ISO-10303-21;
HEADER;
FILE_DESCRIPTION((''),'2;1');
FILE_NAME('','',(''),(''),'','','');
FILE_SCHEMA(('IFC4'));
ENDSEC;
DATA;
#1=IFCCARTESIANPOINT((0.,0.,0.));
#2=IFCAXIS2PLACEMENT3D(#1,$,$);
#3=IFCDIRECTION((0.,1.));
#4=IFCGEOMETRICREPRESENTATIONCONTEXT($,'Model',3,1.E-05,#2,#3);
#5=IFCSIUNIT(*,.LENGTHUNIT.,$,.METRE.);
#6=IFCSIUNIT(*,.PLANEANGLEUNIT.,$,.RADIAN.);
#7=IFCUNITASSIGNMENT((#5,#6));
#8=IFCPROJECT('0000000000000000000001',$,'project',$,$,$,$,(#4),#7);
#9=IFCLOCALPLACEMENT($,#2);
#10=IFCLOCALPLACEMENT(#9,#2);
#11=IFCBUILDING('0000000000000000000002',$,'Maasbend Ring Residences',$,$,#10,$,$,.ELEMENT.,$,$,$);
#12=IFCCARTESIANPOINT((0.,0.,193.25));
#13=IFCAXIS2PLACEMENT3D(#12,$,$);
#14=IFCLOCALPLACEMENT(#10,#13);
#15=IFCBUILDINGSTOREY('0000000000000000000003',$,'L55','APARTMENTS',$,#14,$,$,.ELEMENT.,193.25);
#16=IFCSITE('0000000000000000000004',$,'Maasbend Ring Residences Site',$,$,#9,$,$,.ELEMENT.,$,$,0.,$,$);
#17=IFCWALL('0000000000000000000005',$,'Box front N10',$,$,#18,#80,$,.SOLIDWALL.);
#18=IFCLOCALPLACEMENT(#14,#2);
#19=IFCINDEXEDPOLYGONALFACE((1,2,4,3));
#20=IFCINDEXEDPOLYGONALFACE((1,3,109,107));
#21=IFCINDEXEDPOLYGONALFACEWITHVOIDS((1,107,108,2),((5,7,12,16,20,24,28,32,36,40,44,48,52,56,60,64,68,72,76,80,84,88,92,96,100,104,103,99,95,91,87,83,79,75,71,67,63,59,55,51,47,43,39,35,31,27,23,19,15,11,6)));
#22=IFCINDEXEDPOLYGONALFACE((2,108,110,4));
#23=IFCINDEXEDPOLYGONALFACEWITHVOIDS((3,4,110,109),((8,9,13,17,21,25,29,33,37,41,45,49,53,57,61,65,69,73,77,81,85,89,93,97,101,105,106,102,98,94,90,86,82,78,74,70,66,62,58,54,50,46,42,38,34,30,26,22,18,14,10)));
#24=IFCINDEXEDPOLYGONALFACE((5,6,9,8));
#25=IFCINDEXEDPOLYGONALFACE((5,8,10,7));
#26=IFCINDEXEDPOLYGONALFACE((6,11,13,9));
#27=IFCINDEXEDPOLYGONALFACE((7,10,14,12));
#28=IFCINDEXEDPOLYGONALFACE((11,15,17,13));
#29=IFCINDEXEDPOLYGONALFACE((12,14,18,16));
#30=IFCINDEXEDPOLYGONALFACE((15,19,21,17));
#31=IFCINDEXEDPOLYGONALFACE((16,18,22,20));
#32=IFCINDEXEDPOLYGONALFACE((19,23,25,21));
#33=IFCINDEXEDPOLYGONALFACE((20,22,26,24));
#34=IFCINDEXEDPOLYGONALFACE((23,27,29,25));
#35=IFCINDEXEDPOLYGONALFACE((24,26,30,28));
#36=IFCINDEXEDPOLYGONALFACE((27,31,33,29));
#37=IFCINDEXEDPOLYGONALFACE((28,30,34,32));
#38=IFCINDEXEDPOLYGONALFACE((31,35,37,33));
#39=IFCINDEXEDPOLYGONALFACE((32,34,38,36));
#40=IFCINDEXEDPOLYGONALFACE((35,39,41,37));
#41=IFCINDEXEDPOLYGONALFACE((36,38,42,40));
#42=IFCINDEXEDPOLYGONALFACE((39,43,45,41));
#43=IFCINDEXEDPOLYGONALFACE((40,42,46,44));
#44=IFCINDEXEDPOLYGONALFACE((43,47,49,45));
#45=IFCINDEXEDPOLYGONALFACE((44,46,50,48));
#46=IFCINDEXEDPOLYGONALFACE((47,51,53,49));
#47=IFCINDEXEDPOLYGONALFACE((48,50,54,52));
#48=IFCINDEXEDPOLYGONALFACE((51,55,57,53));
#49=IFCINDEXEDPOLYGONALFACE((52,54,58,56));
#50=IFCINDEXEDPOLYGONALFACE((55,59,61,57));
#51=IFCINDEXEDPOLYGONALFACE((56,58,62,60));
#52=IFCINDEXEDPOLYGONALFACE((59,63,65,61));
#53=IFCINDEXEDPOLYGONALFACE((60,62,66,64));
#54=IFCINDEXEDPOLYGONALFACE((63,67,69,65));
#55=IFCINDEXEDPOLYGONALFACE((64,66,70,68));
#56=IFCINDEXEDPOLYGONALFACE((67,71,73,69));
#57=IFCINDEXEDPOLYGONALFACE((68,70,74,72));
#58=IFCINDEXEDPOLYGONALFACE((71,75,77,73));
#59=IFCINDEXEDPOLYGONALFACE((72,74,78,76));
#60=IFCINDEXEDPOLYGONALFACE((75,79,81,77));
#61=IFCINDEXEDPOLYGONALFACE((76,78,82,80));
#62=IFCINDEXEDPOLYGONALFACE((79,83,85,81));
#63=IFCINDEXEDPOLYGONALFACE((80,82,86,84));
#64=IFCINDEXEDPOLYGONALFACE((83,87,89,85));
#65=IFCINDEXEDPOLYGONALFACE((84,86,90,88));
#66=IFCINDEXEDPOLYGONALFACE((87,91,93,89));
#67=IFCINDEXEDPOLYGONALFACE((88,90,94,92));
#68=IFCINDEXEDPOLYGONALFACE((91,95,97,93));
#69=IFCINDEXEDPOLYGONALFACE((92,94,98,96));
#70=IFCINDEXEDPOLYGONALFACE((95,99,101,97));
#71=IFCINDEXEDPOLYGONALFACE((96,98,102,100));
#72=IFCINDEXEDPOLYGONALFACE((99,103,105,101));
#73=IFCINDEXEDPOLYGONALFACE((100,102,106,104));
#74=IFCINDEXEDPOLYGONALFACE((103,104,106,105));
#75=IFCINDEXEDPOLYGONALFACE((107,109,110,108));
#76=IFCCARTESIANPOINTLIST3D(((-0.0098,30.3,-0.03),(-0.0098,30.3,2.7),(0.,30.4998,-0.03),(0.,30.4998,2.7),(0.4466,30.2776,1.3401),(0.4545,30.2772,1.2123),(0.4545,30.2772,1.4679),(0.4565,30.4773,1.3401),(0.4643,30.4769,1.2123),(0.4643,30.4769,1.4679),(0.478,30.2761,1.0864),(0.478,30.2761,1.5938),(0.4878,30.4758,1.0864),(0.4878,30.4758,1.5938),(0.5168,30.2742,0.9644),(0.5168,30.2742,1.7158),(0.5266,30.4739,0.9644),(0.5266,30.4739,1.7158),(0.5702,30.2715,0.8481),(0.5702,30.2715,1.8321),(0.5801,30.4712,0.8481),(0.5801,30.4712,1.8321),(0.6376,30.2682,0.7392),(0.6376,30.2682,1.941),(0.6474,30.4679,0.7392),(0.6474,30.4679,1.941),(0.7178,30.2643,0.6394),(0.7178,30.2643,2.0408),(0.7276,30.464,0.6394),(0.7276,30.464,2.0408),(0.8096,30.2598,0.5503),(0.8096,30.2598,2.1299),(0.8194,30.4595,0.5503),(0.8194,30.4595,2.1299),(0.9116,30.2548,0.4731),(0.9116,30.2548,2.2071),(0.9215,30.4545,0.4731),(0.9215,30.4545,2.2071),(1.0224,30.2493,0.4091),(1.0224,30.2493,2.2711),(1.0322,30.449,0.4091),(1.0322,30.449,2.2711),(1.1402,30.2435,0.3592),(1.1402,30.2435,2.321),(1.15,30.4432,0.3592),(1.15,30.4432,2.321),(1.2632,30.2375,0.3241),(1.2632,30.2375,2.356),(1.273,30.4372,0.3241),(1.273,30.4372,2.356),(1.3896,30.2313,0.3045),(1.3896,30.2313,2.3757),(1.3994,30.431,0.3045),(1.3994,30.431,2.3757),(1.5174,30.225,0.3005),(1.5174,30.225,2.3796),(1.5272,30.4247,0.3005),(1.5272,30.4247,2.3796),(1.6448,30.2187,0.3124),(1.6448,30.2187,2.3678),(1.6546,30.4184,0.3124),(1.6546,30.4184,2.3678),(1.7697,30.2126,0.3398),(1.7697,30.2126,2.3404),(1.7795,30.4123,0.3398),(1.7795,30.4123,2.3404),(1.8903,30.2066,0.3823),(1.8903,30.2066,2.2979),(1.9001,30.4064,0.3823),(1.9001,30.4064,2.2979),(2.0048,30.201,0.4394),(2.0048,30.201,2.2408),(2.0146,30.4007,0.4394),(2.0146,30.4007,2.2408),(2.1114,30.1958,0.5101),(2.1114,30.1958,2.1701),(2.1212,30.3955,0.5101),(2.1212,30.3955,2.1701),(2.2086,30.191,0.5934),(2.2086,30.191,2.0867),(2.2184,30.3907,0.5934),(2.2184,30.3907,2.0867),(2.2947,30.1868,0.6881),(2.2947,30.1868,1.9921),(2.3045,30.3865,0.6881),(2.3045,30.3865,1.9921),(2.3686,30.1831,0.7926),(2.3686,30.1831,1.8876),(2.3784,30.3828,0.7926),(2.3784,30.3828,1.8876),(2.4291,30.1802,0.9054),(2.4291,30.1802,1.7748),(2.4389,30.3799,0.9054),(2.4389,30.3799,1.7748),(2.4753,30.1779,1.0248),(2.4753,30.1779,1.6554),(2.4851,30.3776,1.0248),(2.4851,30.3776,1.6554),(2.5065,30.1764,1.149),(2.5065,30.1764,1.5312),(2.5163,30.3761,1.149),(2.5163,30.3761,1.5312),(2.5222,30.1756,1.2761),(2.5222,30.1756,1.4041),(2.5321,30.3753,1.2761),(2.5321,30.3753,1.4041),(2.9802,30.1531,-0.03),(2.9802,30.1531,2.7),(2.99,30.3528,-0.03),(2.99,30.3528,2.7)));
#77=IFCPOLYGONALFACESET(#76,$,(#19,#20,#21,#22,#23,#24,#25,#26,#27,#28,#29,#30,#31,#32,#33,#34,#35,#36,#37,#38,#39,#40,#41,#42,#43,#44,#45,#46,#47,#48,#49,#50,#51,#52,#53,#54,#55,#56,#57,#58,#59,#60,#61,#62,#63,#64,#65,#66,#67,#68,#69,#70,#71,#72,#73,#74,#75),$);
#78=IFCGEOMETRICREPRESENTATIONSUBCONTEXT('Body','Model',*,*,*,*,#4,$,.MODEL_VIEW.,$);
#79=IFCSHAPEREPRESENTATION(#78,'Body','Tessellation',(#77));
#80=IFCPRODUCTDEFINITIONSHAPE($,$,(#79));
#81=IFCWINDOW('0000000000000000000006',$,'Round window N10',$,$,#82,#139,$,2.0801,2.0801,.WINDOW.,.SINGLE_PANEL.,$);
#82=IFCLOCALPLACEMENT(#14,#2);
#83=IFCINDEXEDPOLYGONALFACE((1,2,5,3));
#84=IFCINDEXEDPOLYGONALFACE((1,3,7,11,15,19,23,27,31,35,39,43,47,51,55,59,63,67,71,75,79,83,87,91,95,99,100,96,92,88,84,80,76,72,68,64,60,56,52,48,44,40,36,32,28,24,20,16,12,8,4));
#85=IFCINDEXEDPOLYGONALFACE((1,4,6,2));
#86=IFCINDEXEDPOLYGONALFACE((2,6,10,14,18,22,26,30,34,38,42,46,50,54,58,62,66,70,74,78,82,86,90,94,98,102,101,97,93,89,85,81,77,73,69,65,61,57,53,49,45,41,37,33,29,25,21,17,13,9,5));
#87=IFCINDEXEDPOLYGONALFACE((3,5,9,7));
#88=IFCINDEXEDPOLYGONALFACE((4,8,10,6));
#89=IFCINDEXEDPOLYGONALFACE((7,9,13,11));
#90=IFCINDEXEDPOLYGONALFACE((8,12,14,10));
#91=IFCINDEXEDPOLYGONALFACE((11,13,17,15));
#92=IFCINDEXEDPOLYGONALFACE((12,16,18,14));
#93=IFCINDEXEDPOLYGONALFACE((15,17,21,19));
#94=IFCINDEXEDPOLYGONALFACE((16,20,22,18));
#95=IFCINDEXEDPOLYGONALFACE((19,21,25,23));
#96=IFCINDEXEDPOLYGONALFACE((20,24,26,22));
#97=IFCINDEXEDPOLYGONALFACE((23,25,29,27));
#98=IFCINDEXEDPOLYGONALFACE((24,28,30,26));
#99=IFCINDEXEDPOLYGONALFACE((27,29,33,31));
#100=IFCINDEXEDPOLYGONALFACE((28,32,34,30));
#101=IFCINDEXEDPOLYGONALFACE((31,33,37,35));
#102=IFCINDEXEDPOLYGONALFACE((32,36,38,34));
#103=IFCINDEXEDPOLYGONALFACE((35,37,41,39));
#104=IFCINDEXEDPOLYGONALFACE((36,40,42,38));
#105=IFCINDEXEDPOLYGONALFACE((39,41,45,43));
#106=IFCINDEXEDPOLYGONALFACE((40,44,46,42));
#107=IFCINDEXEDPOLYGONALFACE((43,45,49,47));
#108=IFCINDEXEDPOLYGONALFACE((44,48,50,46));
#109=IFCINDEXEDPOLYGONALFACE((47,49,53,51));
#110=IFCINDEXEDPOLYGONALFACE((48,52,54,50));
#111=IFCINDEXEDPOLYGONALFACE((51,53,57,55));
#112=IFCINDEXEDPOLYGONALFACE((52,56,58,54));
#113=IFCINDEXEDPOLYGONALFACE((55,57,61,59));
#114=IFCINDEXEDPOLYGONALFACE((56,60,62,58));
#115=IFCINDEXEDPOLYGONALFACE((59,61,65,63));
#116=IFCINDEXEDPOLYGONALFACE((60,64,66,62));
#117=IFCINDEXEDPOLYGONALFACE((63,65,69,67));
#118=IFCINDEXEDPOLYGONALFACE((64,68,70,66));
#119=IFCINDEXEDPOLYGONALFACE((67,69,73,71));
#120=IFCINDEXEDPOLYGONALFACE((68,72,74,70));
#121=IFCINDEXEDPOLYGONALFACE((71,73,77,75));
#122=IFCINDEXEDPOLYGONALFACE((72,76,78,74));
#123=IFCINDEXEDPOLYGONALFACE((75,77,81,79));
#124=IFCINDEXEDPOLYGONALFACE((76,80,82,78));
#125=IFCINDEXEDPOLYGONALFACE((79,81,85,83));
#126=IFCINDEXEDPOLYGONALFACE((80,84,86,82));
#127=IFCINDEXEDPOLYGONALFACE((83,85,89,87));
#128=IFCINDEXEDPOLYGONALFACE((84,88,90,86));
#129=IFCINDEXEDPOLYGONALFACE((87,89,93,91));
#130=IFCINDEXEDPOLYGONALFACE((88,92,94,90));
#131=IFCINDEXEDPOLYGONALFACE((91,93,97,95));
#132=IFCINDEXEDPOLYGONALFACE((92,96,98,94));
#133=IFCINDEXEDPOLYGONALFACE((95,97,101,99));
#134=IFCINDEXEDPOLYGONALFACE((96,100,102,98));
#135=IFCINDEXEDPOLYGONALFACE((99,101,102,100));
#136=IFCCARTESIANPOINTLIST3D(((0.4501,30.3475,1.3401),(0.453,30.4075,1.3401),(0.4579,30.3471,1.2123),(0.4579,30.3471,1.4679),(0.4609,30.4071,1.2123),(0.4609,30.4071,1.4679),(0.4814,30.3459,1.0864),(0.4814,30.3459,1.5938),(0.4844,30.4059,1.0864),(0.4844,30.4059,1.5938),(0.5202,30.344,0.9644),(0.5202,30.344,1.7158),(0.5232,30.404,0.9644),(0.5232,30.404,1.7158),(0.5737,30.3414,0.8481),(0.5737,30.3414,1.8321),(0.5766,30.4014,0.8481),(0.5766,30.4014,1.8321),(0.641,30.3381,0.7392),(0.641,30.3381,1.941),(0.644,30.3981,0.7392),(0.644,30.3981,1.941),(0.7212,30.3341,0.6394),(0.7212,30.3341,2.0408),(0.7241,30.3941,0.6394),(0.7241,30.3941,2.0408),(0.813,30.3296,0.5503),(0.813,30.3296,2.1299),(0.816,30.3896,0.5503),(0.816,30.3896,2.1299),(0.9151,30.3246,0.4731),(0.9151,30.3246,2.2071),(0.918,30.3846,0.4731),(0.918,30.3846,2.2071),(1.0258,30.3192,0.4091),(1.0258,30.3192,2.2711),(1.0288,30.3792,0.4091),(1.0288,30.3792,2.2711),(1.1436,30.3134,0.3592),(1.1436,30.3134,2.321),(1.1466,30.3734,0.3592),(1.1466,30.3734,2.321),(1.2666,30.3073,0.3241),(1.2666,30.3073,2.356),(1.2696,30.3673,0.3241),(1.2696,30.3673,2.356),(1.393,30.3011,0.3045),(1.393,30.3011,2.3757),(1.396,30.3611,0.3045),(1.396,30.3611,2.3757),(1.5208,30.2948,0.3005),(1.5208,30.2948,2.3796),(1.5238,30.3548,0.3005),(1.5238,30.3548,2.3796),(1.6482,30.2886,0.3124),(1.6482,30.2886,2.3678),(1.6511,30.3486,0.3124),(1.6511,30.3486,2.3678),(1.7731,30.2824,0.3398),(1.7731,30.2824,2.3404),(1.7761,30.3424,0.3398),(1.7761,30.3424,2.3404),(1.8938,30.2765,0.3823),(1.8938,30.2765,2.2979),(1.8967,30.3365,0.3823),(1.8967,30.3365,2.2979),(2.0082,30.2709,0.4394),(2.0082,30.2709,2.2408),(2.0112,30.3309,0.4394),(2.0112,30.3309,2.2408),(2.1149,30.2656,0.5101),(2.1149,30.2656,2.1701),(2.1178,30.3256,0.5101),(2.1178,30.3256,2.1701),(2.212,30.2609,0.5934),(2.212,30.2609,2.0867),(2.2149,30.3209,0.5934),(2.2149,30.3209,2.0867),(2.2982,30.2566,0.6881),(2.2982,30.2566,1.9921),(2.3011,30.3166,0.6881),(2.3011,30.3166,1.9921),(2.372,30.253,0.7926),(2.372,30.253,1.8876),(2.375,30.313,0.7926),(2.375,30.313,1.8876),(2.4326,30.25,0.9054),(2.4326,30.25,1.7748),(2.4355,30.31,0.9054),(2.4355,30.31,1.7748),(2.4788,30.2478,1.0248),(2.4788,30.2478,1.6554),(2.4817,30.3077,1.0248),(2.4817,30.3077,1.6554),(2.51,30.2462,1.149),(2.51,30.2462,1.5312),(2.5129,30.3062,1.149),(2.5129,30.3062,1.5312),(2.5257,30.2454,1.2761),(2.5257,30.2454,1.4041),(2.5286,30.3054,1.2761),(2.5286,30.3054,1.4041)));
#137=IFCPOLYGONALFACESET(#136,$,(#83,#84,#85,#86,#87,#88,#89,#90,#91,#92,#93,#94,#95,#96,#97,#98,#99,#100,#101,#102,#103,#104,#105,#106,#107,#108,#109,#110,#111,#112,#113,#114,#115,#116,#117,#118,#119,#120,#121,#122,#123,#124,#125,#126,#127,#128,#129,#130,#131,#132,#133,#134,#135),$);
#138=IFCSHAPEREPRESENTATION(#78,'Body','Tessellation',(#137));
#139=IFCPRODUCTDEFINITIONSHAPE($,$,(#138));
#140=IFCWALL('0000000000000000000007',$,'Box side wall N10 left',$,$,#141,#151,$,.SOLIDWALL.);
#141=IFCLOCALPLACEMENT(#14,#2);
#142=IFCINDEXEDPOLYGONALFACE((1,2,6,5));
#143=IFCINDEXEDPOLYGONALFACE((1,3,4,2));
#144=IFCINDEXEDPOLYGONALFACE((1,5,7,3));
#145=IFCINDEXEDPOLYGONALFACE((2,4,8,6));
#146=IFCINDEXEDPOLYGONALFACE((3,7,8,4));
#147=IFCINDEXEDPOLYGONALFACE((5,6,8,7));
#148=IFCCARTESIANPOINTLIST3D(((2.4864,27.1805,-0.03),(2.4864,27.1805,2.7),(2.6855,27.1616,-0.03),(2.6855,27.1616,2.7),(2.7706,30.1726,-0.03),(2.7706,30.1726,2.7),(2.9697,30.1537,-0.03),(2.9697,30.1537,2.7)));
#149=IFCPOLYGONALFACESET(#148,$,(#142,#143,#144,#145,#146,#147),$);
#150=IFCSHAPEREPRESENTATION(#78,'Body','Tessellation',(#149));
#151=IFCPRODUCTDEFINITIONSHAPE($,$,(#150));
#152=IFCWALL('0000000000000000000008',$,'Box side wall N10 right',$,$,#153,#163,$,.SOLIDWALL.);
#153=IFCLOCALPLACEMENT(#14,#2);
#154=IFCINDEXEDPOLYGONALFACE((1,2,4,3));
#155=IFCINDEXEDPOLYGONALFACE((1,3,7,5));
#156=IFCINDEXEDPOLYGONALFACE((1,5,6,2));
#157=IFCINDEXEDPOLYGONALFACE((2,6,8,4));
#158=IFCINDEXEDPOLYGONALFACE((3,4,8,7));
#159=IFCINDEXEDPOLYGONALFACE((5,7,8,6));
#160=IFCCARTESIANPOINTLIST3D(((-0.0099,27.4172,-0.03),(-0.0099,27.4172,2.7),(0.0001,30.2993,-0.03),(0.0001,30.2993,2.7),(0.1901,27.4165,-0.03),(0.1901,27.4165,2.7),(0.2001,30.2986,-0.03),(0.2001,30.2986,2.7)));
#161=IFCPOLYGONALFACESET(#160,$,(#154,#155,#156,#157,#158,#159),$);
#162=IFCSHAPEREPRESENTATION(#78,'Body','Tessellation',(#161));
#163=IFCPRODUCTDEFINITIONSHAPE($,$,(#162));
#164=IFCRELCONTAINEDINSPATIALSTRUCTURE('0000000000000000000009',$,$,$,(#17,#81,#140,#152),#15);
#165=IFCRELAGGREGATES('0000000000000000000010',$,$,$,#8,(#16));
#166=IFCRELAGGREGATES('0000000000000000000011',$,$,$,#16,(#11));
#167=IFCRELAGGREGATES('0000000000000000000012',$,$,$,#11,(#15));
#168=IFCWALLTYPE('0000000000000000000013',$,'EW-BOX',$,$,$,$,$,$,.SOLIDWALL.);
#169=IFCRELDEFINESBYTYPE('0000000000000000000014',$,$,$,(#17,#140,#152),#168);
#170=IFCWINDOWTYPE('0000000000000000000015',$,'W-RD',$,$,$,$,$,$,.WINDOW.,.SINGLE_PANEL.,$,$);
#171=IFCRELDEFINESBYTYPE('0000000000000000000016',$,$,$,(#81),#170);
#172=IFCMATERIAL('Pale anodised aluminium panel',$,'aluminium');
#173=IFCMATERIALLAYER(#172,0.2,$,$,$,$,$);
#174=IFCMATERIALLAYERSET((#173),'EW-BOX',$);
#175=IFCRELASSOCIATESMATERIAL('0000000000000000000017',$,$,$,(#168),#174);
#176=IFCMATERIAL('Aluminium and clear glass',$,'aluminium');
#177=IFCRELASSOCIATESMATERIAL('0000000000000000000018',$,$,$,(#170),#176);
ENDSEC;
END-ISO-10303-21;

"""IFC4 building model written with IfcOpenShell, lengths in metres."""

from ifc_helpers import new_model, si_unit, direction, frame, frame_2d, origin, place, context, subcontext, project, spatial, rectangle, circle, extrude, material, layer, layer_set, type_object, element, fill, save


model = new_model("IFC4")

# Units and contexts
model_context = context("Model", 3, precision=1e-05, world=origin(), true_north=direction((0.0, 1.0)))
body_context = subcontext(model_context, "Body", "Model", "MODEL_VIEW")
ifc_project = project(units=[si_unit("LENGTHUNIT", "METRE"), si_unit("PLANEANGLEUNIT", "RADIAN")], contexts=[model_context])

# Site, building, storey
site_placement = place(None, origin())
site = spatial("IfcSite", under=ifc_project, at=site_placement, Name="Maasbend Ring Residences Site", CompositionType="ELEMENT", RefElevation=0.0)
building_placement = place(site_placement, origin())
building = spatial("IfcBuilding", under=site, at=building_placement, Name="Maasbend Ring Residences", CompositionType="ELEMENT")
storey_placement = place(building_placement, frame((0.0, 0.0, 193.25)))
storey = spatial("IfcBuildingStorey", under=building, at=storey_placement, Name="L55", Description="APARTMENTS", CompositionType="ELEMENT", Elevation=193.25)

# Shared definitions
ifc_material_1 = material(Name="Pale anodised aluminium panel", Category="aluminium")
ifc_layer_1 = layer(ifc_material_1, 0.2)
ifc_layer_set_1 = layer_set([ifc_layer_1], Name="EW-BOX")
wall_type_1 = type_object("IfcWallType", Name="EW-BOX", PredefinedType="SOLIDWALL", material=ifc_layer_set_1)
ifc_material_2 = material(Name="Aluminium and clear glass", Category="aluminium")
window_type_1 = type_object("IfcWindowType", Name="W-RD", PartitioningType="SINGLE_PANEL", PredefinedType="WINDOW", material=ifc_material_2)

# Wall, opening, window
wall_1_placement = place(storey_placement, frame((2.9851, 30.2529, -0.03), z_axis=(0.0, 0.0, 1.0), x_axis=(-0.998794, 0.049096, 0.0)))
wall_1 = element("IfcWall", 1, at=wall_1_placement, inside=storey, type_object=wall_type_1, Name="Box front N10", PredefinedType="SOLIDWALL", context=body_context, shape_type="SweptSolid", body=[
    extrude(rectangle(XDim=2.9937, YDim=0.2, at=frame_2d((1.4968, 0.0))), origin(), (0.0, 0.0, 1.0), 2.73),
])
opening_1_placement = place(wall_1_placement, frame((0.4565, 0.0, 0.3301)))
opening_1 = element("IfcOpeningElement", 2, at=opening_1_placement, cuts=wall_1, PredefinedType="OPENING", context=body_context, shape_type="SweptSolid", body=[
    extrude(circle(Radius=1.04, at=frame_2d((1.04, 1.04))), frame((0.0, 0.1099, 0.0), z_axis=(0.0, -1.0, 0.0), x_axis=(1.0, 0.0, 0.0)), (0.0, 0.0, 1.0), 0.22),
])
window_1_placement = place(opening_1_placement, origin())
window_1 = element("IfcWindow", 3, at=window_1_placement, inside=storey, type_object=window_type_1, Name="Round window N10", OverallHeight=2.0801, OverallWidth=2.0801, PartitioningType="SINGLE_PANEL", PredefinedType="WINDOW", context=body_context, shape_type="SweptSolid", body=[
    extrude(circle(Radius=1.04, at=frame_2d((1.04, 1.04))), frame((0.0, 0.03, 0.0), z_axis=(0.0, -1.0, 0.0), x_axis=(1.0, 0.0, 0.0)), (0.0, 0.0, 1.0), 0.0601),
])
fill(opening_1, window_1)

# Walls
wall_2_placement = place(storey_placement, frame((2.5859, 27.1709, -0.03), z_axis=(0.0, 0.0, 1.0), x_axis=(0.094548, 0.99552, 0.0)))
element("IfcWall", 4, at=wall_2_placement, inside=storey, type_object=wall_type_1, Name="Box side wall N10 left", PredefinedType="SOLIDWALL", context=body_context, shape_type="SweptSolid", body=[
    extrude(rectangle(XDim=3.0056, YDim=0.2, at=frame_2d((1.5029, 0.0))), origin(), (0.0, 0.0, 1.0), 2.73),
])
wall_3_placement = place(storey_placement, frame((0.0901, 27.417, -0.03), z_axis=(0.0, 0.0, 1.0), x_axis=(0.003473, 0.999994, 0.0)))
element("IfcWall", 5, at=wall_3_placement, inside=storey, type_object=wall_type_1, Name="Box side wall N10 right", PredefinedType="SOLIDWALL", context=body_context, shape_type="SweptSolid", body=[
    extrude(rectangle(XDim=2.8821, YDim=0.2, at=frame_2d((1.4409, 0.0))), origin(), (0.0, 0.0, 1.0), 2.73),
])

save(model, "model.ifc")
